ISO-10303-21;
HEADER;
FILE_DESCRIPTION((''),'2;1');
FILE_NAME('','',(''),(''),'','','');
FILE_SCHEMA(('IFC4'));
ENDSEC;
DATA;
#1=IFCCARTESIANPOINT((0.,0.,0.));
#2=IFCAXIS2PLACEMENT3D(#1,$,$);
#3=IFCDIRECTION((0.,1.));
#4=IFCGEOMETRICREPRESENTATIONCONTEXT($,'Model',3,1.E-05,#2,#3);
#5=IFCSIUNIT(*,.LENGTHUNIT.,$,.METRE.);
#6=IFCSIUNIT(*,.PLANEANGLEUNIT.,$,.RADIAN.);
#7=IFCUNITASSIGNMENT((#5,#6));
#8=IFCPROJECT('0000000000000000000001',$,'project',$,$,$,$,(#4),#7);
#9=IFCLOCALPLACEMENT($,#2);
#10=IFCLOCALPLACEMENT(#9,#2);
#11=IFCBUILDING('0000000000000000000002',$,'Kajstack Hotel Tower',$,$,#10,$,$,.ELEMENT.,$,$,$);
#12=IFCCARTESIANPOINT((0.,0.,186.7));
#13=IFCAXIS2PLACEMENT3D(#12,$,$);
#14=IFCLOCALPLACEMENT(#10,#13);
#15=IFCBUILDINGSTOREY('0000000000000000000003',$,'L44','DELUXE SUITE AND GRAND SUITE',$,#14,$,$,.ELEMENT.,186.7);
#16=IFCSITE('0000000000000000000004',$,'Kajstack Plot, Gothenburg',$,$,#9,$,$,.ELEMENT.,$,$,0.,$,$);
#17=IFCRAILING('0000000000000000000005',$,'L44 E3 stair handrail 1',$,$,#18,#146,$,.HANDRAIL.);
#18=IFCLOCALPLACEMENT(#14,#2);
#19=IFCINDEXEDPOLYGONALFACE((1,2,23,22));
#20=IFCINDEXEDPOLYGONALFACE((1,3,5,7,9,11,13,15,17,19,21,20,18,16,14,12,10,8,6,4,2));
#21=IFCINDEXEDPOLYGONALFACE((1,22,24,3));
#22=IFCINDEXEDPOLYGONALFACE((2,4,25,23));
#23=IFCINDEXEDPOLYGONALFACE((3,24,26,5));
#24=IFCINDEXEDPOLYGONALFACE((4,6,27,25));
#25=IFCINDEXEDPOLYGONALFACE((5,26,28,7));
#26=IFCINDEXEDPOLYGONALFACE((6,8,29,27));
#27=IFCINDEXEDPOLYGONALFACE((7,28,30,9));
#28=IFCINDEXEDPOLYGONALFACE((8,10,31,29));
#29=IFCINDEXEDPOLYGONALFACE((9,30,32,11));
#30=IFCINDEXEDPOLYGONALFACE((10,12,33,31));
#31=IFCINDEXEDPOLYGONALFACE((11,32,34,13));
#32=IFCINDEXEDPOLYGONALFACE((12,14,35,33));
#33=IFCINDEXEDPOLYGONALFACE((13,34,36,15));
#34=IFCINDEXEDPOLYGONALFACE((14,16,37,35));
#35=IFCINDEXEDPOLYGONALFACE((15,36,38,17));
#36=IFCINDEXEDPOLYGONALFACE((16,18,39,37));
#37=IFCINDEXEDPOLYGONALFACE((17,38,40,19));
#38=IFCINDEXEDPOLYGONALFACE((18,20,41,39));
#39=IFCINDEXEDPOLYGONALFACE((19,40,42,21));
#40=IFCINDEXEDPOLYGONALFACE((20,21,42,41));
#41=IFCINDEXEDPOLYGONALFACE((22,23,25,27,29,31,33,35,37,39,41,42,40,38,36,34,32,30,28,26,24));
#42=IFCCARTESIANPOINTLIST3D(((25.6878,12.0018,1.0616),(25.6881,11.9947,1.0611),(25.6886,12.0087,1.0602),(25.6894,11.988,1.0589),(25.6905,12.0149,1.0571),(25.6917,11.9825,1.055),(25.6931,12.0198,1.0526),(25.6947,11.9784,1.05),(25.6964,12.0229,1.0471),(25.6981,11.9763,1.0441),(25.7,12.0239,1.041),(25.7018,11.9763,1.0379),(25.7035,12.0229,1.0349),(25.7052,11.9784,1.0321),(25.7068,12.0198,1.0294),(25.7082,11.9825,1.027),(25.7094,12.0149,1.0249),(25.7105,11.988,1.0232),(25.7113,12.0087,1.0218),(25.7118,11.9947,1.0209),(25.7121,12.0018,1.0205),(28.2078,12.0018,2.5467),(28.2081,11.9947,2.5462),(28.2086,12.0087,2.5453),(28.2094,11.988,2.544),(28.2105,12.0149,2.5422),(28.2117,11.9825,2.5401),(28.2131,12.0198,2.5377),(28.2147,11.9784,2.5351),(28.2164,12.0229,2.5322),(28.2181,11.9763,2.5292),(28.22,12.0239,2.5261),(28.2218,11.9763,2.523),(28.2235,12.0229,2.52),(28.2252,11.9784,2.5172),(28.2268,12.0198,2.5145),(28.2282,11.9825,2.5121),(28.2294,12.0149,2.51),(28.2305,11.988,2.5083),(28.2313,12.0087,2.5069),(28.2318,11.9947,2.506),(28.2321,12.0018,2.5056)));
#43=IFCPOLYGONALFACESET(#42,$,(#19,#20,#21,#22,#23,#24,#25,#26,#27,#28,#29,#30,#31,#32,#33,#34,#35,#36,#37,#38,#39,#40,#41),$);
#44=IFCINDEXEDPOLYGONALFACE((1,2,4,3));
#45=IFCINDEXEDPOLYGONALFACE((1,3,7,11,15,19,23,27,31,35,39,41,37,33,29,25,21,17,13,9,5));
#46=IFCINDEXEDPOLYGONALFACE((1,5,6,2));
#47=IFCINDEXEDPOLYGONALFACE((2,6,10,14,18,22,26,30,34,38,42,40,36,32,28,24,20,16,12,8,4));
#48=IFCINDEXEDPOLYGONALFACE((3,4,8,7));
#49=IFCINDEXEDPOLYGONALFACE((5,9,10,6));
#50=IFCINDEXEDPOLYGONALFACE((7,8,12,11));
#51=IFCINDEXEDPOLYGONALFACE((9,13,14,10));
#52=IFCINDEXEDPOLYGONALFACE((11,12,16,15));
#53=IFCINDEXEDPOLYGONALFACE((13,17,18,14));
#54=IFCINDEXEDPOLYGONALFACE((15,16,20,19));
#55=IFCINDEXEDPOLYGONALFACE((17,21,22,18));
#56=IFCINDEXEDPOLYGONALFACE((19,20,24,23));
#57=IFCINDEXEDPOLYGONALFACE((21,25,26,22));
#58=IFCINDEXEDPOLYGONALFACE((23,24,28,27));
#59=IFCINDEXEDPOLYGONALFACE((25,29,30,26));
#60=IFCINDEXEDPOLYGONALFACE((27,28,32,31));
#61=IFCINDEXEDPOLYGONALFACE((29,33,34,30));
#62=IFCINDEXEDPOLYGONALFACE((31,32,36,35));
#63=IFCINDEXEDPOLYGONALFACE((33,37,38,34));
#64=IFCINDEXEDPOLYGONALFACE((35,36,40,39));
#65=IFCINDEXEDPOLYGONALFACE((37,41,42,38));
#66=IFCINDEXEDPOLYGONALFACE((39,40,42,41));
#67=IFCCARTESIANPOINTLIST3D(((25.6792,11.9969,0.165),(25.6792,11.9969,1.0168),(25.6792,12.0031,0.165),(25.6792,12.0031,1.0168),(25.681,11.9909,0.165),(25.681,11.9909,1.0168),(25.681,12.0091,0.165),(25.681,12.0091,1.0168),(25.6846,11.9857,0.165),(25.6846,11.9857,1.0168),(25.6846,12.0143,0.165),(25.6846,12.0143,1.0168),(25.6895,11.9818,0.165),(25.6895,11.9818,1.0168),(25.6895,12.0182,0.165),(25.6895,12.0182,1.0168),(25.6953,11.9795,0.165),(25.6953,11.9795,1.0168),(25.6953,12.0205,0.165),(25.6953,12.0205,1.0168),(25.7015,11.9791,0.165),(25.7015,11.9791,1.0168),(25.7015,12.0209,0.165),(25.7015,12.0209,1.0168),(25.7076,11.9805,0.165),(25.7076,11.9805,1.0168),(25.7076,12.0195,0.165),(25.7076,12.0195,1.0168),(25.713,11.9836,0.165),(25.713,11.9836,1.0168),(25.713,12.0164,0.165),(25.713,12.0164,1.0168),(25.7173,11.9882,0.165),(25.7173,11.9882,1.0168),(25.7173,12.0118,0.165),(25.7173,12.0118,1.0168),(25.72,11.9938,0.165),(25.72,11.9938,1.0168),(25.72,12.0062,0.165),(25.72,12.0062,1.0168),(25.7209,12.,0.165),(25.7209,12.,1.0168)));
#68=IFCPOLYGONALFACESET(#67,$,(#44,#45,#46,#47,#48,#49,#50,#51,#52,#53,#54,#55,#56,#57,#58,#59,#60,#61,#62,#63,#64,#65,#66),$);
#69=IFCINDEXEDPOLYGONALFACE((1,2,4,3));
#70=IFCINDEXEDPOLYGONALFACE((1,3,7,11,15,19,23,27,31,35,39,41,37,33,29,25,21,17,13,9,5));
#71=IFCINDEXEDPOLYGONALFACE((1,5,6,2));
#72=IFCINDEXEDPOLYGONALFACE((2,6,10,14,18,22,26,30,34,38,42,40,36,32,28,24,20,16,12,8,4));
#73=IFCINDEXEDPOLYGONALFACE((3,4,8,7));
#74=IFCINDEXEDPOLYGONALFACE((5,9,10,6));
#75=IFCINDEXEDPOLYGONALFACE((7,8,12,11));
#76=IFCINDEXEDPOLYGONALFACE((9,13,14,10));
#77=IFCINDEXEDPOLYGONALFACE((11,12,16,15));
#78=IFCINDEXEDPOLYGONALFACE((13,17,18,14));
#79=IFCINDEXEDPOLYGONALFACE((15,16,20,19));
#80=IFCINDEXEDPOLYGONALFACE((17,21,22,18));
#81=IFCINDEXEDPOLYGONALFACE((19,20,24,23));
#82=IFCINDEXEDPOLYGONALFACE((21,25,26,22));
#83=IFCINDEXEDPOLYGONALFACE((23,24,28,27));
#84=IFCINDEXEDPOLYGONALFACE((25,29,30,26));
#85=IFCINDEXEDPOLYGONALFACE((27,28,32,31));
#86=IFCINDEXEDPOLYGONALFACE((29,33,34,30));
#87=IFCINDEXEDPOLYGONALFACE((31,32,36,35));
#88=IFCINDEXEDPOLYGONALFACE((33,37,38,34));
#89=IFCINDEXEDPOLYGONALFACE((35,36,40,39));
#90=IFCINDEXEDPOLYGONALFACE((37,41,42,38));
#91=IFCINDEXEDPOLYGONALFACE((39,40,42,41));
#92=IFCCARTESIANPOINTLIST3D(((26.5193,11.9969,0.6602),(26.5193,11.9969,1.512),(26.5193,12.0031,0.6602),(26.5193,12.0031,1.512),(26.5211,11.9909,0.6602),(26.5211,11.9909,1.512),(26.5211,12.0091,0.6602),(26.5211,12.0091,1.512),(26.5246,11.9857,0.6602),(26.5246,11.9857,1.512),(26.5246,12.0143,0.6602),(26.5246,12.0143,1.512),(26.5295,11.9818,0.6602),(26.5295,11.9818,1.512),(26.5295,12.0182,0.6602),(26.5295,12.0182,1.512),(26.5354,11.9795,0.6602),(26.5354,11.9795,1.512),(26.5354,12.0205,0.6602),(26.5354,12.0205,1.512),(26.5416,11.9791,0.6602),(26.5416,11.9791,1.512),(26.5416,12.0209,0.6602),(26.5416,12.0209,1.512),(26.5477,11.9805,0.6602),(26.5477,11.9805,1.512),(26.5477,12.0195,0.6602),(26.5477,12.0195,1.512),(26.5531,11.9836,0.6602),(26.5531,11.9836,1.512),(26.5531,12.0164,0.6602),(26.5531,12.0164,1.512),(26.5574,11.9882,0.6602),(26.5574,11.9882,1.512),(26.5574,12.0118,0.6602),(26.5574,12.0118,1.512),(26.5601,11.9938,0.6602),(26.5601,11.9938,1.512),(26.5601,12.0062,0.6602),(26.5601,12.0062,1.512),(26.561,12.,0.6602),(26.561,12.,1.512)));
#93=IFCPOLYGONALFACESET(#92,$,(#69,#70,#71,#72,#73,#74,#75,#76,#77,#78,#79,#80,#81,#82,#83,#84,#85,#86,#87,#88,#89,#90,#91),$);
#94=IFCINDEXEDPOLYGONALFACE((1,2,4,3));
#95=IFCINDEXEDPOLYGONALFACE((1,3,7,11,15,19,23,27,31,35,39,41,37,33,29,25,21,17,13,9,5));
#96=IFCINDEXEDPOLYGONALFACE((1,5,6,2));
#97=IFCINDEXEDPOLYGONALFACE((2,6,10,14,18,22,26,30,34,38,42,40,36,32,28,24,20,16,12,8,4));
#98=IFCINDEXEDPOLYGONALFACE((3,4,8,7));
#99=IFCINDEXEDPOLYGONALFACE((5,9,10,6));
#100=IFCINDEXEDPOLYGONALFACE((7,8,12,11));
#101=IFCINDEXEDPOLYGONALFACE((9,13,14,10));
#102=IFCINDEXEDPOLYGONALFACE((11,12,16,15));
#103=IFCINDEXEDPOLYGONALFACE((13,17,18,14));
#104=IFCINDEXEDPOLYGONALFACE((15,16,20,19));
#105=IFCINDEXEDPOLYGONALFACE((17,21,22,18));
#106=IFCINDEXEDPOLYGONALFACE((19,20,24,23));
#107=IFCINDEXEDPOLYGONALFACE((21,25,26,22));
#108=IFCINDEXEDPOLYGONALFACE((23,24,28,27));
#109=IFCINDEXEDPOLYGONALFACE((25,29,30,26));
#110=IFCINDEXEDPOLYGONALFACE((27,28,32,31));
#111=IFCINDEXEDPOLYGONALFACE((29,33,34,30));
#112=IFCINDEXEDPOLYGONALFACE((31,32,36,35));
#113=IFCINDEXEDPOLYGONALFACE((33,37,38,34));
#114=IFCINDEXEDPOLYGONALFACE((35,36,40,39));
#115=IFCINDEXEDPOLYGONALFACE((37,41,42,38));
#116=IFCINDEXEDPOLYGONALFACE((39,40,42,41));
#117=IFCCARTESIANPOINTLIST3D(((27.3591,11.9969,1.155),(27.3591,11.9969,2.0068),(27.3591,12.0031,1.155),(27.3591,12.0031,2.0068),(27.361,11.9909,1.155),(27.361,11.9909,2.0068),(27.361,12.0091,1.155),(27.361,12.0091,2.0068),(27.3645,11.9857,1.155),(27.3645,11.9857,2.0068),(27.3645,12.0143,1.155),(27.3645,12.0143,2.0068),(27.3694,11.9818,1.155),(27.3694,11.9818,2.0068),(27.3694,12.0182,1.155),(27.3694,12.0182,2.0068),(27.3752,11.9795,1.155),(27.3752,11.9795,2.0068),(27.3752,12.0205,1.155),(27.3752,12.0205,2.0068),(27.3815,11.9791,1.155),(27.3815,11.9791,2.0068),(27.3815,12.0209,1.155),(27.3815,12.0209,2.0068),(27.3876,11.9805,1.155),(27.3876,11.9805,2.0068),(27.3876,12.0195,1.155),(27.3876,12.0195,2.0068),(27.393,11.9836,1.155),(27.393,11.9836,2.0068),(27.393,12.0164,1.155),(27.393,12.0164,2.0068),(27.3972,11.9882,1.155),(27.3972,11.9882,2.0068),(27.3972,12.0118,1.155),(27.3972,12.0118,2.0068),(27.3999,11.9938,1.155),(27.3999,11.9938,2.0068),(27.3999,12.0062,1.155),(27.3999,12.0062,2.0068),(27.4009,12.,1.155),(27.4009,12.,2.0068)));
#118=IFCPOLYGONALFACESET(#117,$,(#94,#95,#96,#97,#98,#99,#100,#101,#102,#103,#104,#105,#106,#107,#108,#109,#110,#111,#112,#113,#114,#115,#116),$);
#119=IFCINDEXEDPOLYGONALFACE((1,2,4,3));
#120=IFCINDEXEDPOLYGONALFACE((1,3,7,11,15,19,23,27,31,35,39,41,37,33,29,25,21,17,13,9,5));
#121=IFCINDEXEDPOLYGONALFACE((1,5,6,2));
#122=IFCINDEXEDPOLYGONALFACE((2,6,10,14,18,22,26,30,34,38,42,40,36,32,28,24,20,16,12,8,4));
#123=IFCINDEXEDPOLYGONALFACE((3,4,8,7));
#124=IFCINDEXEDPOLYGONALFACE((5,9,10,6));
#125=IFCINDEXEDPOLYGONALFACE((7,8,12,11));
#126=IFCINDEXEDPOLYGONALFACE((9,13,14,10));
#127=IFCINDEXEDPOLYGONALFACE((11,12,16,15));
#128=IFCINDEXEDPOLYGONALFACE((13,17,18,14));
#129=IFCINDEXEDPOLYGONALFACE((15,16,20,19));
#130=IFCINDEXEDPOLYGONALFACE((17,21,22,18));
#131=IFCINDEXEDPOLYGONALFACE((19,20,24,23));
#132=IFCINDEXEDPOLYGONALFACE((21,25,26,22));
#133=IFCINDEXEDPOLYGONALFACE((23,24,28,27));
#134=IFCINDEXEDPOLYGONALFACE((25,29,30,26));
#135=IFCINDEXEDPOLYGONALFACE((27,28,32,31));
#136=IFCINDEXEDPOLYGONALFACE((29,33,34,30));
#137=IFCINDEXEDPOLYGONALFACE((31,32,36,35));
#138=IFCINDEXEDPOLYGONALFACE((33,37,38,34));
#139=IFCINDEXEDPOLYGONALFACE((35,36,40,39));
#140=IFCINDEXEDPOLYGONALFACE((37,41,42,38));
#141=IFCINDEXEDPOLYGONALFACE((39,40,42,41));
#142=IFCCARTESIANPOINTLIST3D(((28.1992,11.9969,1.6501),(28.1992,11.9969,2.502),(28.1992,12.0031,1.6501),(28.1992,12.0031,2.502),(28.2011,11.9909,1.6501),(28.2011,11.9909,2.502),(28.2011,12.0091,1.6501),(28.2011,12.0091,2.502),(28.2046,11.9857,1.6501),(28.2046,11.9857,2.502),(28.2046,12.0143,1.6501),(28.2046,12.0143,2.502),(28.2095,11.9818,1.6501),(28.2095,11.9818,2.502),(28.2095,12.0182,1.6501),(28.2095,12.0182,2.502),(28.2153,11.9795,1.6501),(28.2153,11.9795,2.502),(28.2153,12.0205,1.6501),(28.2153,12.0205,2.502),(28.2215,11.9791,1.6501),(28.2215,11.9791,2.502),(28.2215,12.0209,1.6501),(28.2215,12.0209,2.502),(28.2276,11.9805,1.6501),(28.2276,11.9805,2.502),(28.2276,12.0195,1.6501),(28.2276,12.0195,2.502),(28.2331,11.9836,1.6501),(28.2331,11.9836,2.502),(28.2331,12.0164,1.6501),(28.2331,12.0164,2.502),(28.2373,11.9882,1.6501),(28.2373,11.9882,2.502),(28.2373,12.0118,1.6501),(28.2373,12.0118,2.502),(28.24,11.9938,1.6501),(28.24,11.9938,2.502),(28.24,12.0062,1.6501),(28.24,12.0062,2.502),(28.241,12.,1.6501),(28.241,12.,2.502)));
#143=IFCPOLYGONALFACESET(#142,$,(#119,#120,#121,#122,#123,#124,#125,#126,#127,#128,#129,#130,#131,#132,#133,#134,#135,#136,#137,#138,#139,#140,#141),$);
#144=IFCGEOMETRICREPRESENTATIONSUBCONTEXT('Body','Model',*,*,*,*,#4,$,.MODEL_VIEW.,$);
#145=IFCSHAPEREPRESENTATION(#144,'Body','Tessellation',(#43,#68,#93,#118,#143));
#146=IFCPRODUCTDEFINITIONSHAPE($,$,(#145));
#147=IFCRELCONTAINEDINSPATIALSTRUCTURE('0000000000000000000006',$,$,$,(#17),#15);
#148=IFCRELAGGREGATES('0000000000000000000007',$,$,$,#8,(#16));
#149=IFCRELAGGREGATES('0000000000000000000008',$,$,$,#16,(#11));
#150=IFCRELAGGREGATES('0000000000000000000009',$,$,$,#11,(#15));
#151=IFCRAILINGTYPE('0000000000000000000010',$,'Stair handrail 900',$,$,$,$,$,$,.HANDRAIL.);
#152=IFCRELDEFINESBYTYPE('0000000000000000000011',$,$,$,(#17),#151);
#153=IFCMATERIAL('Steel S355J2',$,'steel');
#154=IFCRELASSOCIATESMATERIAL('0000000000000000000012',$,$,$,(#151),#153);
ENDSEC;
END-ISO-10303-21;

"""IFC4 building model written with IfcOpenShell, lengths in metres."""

from ifc_helpers import new_model, si_unit, direction, frame, origin, origin_2d, place, context, subcontext, project, spatial, circle, extrude, material, type_object, element, save


model = new_model("IFC4")

# Units and contexts
model_context = context("Model", 3, precision=1e-05, world=origin(), true_north=direction((0.0, 1.0)))
body_context = subcontext(model_context, "Body", "Model", "MODEL_VIEW")
ifc_project = project(units=[si_unit("LENGTHUNIT", "METRE"), si_unit("PLANEANGLEUNIT", "RADIAN")], contexts=[model_context])

# Site, building, storey
site_placement = place(None, origin())
site = spatial("IfcSite", under=ifc_project, at=site_placement, Name="Kajstack Plot, Gothenburg", CompositionType="ELEMENT", RefElevation=0.0)
building_placement = place(site_placement, origin())
building = spatial("IfcBuilding", under=site, at=building_placement, Name="Kajstack Hotel Tower", CompositionType="ELEMENT")
storey_placement = place(building_placement, frame((0.0, 0.0, 186.7)))
storey = spatial("IfcBuildingStorey", under=building, at=storey_placement, Name="L44", Description="DELUXE SUITE AND GRAND SUITE", CompositionType="ELEMENT", Elevation=186.7)

# Railing
ifc_material_1 = material(Name="Steel S355J2", Category="steel")
railing_type_1 = type_object("IfcRailingType", Name="Stair handrail 900", PredefinedType="HANDRAIL", material=ifc_material_1)
railing_1_placement = place(storey_placement, frame((25.7, 12.0, 0.165)))
element("IfcRailing", 1, at=railing_1_placement, inside=storey, type_object=railing_type_1, Name="L44 E3 stair handrail 1", PredefinedType="HANDRAIL", context=body_context, shape_type="SweptSolid", body=[
    extrude(circle(Radius=0.0239, at=origin_2d()), frame((0.0, 0.0, 0.876), z_axis=(0.861524, 0.0, 0.507717), x_axis=(0.0, 1.0, 0.0)), (0.0, 0.0, 1.0), 2.925),
    extrude(circle(Radius=0.021, at=origin_2d()), origin(), (0.0, 0.0, 1.0), 0.8518),
    extrude(circle(Radius=0.021, at=origin_2d()), frame((0.8401, 0.0, 0.4951)), (0.0, 0.0, 1.0), 0.8518),
    extrude(circle(Radius=0.021, at=origin_2d()), frame((1.6799, 0.0, 0.99)), (0.0, 0.0, 1.0), 0.8518),
    extrude(circle(Radius=0.021, at=origin_2d()), frame((2.52, 0.0, 1.4851)), (0.0, 0.0, 1.0), 0.8518),
])

save(model, "model.ifc")
